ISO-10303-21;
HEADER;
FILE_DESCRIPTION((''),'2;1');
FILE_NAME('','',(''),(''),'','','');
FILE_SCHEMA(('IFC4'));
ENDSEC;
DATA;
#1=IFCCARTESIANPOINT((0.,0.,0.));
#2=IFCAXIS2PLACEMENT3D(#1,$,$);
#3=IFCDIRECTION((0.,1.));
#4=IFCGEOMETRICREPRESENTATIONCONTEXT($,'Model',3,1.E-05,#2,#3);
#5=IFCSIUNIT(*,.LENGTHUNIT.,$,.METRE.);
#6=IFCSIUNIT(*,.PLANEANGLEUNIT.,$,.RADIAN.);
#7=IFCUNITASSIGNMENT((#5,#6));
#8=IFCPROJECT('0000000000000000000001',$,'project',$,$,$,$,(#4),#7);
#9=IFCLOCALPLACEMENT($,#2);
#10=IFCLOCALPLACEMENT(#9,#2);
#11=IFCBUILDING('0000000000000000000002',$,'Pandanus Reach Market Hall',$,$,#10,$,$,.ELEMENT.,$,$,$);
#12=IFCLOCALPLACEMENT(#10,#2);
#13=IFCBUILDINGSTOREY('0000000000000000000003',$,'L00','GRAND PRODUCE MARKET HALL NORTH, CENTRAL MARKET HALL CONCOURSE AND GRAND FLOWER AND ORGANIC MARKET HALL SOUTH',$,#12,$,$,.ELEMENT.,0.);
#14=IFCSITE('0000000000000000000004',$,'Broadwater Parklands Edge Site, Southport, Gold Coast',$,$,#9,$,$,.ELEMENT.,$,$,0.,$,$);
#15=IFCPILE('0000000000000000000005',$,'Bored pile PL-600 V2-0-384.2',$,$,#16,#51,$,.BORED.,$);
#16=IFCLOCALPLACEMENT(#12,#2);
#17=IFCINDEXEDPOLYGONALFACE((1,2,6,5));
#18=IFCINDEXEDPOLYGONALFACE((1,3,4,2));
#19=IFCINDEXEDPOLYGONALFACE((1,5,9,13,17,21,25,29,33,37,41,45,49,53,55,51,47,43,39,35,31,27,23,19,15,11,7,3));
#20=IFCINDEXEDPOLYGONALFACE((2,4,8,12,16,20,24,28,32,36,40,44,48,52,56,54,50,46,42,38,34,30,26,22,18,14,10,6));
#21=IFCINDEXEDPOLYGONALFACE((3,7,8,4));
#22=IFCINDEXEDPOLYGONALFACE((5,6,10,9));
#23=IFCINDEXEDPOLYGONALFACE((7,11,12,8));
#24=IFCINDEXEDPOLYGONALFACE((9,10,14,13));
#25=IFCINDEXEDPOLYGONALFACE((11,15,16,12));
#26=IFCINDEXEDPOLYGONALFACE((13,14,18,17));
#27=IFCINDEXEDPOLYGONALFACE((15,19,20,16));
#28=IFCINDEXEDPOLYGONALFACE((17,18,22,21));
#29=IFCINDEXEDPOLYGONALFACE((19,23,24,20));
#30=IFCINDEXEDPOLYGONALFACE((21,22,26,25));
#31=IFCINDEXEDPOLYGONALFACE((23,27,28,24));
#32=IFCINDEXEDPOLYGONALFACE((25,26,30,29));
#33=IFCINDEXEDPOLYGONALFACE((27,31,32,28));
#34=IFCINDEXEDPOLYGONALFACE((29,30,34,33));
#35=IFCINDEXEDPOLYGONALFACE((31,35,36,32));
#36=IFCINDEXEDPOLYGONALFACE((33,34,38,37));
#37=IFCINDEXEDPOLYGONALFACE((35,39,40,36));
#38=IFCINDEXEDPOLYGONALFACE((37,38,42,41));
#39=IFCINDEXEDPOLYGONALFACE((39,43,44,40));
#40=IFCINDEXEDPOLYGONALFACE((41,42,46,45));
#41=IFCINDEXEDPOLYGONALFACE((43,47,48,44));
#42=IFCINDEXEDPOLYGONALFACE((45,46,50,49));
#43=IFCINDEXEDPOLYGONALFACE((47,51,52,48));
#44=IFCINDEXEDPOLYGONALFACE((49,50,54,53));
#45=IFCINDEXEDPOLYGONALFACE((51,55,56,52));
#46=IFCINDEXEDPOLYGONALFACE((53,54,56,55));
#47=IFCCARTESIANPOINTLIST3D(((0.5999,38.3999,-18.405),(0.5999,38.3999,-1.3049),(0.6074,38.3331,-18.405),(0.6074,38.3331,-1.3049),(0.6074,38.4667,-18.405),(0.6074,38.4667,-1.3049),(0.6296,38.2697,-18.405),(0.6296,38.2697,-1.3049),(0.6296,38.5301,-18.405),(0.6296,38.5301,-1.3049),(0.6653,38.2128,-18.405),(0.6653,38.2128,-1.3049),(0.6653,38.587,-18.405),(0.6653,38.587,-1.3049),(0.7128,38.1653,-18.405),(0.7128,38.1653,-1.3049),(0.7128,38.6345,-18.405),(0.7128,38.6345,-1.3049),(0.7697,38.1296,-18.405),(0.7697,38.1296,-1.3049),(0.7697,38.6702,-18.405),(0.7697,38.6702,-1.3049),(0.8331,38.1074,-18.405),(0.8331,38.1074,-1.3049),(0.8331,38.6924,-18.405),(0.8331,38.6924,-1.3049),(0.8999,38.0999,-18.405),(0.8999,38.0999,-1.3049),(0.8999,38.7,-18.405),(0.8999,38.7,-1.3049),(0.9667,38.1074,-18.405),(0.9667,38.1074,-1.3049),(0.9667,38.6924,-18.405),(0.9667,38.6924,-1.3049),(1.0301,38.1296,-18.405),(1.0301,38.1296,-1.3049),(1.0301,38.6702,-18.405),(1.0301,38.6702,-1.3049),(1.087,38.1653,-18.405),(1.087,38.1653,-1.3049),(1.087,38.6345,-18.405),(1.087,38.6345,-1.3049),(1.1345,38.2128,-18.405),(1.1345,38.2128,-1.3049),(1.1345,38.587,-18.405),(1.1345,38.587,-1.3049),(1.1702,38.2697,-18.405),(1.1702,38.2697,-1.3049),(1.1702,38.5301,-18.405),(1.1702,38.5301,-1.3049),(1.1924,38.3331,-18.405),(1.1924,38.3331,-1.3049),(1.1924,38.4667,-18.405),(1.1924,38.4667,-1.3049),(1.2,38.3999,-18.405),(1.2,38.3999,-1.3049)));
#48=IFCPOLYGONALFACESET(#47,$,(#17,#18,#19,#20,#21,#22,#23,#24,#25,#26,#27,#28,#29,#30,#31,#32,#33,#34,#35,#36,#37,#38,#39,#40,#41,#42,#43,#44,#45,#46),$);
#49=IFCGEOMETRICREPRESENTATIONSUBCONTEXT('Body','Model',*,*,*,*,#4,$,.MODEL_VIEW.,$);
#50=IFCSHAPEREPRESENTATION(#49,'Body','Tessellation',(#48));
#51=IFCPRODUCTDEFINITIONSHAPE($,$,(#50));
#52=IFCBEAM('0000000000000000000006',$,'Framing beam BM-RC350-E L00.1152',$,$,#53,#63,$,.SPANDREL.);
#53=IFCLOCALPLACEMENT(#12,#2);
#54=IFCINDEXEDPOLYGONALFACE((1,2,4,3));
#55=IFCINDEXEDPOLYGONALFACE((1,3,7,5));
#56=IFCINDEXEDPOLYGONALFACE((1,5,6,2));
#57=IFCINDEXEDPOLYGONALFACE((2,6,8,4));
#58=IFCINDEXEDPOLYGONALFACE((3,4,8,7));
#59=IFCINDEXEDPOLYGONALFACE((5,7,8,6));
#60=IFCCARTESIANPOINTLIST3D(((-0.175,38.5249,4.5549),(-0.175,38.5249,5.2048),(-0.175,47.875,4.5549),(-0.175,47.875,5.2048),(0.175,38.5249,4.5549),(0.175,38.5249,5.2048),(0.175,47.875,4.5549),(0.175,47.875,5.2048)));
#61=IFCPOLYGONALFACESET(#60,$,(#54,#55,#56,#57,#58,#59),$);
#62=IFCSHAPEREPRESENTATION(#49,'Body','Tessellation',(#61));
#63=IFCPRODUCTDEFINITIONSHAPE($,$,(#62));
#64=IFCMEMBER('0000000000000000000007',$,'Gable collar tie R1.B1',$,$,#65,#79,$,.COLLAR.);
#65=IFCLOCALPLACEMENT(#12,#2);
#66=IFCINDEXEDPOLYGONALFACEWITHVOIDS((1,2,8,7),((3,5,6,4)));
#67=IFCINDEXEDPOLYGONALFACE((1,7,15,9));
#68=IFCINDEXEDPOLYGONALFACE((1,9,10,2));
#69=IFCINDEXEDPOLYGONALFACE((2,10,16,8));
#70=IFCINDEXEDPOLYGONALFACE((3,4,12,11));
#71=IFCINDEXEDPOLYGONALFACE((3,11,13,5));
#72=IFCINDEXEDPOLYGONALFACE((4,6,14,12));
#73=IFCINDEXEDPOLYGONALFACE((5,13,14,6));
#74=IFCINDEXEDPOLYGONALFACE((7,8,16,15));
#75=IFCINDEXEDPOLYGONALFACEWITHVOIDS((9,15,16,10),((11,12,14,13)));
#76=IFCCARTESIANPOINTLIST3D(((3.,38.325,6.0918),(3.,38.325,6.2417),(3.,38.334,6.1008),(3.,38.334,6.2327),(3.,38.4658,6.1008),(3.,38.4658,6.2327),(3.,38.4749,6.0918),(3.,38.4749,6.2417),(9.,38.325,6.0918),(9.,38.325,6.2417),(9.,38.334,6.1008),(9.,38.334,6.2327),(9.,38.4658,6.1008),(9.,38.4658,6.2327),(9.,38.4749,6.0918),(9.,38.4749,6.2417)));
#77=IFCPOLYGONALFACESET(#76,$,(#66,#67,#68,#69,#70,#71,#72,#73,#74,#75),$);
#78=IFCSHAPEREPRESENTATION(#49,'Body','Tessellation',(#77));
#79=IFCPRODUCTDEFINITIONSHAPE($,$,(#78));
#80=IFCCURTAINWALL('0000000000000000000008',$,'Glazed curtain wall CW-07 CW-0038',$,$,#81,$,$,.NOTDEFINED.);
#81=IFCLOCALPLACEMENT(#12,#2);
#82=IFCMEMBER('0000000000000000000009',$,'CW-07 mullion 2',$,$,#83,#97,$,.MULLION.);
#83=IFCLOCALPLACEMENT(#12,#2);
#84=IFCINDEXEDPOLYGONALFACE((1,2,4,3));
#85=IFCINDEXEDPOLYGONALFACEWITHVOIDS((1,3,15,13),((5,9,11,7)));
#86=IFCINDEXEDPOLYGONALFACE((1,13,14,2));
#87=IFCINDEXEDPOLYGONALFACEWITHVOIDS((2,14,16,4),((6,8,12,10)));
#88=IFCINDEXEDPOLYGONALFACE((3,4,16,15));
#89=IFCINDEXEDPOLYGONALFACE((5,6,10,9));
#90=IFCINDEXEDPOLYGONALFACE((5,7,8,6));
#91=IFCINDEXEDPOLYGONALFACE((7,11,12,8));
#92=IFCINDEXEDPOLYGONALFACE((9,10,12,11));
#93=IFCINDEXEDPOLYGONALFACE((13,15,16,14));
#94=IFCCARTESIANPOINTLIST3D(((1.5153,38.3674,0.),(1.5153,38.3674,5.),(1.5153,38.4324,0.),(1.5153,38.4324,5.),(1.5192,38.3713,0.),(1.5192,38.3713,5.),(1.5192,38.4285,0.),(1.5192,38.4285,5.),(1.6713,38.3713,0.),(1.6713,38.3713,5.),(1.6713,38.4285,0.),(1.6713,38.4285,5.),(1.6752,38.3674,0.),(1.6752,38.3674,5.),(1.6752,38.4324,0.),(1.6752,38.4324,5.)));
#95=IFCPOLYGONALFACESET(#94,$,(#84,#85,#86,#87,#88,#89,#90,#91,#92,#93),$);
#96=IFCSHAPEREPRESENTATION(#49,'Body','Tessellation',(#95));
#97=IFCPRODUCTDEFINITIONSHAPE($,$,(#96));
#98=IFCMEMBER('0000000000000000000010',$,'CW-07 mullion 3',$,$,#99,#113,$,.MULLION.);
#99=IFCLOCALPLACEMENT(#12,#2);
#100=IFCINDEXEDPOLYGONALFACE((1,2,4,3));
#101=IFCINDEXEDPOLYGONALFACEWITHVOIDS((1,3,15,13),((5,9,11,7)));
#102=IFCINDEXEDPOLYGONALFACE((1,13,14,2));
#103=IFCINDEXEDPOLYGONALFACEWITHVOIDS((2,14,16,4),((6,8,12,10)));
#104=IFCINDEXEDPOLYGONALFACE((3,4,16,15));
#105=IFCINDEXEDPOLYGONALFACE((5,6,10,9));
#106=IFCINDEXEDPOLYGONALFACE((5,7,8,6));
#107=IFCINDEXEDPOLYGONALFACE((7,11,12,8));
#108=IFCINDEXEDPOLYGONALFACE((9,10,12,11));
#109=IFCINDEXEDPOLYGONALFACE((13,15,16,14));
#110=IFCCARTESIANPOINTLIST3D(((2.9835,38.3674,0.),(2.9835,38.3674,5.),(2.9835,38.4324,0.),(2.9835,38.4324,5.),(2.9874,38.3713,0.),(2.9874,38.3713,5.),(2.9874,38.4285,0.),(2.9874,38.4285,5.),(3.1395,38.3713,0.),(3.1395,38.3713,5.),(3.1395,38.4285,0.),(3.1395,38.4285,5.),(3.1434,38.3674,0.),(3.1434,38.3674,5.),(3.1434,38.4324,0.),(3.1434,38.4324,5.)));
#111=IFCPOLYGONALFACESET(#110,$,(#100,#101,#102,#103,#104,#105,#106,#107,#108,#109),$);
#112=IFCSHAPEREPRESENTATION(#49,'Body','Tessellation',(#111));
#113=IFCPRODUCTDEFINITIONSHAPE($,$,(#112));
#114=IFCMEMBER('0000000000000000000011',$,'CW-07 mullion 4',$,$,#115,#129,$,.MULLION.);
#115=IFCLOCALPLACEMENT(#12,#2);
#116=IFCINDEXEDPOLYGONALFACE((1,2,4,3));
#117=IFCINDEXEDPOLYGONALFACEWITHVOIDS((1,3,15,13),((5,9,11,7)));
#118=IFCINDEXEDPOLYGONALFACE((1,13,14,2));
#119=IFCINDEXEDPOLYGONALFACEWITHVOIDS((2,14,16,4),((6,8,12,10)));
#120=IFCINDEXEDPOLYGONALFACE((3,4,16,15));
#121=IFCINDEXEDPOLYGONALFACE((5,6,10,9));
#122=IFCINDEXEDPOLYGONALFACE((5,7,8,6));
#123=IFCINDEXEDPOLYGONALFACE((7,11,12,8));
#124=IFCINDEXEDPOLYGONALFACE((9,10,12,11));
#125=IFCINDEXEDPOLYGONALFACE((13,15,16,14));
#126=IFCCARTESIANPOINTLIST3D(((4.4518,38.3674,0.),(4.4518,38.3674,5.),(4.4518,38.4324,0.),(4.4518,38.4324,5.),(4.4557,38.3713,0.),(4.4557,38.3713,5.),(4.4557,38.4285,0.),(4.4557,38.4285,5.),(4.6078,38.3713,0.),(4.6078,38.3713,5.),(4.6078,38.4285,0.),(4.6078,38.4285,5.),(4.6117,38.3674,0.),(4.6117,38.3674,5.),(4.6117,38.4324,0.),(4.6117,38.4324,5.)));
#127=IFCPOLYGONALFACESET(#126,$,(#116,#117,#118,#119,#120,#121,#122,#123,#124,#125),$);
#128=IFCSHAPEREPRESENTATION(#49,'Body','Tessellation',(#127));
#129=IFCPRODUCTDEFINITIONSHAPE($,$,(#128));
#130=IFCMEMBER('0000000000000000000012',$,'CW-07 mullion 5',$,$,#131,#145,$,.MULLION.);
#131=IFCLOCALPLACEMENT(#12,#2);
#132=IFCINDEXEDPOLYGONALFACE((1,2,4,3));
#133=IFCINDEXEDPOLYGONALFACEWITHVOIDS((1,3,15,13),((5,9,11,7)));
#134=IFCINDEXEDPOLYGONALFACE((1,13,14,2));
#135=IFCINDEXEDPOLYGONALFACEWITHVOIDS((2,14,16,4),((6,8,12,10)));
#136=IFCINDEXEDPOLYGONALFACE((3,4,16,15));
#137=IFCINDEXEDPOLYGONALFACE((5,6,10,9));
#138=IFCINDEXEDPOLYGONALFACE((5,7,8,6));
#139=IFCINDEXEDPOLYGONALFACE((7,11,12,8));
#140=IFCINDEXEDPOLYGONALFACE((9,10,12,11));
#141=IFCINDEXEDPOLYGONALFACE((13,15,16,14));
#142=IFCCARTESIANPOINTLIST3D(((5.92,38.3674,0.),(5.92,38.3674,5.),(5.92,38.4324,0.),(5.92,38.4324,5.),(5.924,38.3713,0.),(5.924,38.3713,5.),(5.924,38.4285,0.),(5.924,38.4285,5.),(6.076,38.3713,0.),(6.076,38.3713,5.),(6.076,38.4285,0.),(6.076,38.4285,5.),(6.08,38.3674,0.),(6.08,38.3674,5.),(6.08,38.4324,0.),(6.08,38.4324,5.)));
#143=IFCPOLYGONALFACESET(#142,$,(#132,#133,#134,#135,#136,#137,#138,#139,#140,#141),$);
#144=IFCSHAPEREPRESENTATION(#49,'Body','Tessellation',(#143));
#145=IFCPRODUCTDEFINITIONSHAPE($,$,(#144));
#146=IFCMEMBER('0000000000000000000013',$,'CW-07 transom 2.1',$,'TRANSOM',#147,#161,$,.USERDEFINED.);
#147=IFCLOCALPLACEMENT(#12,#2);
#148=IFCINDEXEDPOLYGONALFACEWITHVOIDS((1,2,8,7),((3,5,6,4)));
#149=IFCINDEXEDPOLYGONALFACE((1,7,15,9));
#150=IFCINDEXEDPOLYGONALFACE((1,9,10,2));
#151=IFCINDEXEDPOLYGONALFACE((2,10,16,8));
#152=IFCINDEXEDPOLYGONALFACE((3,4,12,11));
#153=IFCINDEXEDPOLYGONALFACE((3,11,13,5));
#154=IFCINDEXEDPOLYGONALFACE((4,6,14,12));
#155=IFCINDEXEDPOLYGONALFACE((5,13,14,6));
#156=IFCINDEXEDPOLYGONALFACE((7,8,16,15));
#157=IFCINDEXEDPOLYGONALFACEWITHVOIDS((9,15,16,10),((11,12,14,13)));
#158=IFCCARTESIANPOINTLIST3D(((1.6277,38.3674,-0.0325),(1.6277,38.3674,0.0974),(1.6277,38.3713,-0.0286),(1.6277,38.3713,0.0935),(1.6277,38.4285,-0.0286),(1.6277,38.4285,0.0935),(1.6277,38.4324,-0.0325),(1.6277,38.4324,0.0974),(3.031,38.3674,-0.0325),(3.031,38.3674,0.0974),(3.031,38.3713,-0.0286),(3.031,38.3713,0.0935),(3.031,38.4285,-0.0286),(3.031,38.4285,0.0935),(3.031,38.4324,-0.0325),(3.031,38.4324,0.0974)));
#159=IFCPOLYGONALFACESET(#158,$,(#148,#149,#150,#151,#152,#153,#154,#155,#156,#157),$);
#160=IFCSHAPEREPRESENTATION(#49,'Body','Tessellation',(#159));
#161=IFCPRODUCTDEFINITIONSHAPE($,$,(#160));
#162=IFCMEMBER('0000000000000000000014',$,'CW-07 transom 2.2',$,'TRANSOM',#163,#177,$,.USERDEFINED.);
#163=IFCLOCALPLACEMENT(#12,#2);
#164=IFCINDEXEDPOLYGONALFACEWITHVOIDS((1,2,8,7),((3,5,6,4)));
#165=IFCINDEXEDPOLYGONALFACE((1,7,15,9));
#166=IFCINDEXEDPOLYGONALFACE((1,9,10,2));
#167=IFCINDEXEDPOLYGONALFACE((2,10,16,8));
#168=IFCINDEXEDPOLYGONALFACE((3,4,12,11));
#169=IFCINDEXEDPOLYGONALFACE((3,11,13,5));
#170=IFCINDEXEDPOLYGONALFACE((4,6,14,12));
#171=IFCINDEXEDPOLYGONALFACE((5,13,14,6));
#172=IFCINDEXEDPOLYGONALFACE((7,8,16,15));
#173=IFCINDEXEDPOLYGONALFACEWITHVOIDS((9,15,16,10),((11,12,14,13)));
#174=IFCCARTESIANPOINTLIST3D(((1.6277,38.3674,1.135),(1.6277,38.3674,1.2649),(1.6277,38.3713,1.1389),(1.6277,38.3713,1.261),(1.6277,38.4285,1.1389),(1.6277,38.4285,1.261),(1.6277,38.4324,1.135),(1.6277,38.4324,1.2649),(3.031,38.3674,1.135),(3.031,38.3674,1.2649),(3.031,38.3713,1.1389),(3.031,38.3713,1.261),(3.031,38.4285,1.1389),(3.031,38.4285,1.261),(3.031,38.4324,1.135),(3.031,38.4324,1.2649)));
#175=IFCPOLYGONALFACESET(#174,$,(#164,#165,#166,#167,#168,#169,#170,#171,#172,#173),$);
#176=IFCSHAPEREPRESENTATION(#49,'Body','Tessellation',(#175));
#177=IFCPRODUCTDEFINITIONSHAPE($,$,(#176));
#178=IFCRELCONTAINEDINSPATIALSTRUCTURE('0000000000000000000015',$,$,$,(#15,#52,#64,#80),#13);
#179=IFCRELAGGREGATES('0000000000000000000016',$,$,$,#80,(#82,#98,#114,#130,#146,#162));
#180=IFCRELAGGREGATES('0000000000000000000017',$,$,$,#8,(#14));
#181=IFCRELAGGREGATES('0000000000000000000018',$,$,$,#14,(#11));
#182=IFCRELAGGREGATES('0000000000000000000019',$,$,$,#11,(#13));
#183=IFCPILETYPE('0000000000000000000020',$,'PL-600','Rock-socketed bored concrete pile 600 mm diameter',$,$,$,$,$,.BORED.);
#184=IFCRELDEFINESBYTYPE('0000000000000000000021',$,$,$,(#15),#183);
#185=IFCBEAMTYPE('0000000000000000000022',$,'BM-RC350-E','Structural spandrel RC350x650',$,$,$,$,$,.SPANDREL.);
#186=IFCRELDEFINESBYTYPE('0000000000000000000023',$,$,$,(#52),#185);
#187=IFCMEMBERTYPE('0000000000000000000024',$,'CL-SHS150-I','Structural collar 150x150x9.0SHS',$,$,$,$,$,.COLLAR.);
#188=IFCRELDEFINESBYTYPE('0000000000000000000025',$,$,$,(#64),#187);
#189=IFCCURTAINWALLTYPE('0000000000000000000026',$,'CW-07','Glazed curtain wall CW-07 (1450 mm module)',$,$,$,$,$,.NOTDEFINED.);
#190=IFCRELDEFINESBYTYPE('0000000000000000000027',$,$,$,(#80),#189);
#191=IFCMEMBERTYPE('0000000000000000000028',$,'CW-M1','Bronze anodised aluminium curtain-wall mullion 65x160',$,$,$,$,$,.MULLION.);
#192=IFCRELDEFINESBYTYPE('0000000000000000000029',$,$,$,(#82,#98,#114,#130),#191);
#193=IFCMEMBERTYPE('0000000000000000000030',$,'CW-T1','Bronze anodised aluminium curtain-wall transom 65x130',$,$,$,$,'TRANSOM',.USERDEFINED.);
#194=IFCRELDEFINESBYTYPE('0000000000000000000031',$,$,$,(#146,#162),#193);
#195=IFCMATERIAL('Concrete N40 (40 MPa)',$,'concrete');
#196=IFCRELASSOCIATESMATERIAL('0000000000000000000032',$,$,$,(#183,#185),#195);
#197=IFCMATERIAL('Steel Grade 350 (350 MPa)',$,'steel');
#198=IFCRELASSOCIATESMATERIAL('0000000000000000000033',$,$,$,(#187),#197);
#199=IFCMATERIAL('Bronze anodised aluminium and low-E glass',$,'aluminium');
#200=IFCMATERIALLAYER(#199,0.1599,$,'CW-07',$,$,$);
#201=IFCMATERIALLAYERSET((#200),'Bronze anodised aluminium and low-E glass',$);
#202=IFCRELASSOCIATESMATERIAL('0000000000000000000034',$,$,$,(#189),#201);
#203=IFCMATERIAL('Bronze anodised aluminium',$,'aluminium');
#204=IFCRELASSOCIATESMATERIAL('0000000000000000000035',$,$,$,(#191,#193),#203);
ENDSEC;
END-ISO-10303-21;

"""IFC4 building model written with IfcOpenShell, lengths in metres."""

from ifc_helpers import new_model, si_unit, direction, frame, origin, origin_2d, place, context, subcontext, project, spatial, rectangle, hollow_rectangle, circle, extrude, material, layer, layer_set, material_profile, profile_set, type_object, element, aggregate, save


model = new_model("IFC4")

# Units and contexts
model_context = context("Model", 3, precision=1e-05, world=origin(), true_north=direction((0.0, 1.0)))
body_context = subcontext(model_context, "Body", "Model", "MODEL_VIEW")
ifc_project = project(units=[si_unit("LENGTHUNIT", "METRE"), si_unit("PLANEANGLEUNIT", "RADIAN")], contexts=[model_context])

# Site, building, storey
site_placement = place(None, origin())
site = spatial("IfcSite", under=ifc_project, at=site_placement, Name="Broadwater Parklands Edge Site, Southport, Gold Coast", CompositionType="ELEMENT", RefElevation=0.0)
building_placement = place(site_placement, origin())
building = spatial("IfcBuilding", under=site, at=building_placement, Name="Pandanus Reach Market Hall", CompositionType="ELEMENT")
storey_placement = place(building_placement, origin())
storey = spatial("IfcBuildingStorey", under=building, at=storey_placement, Name="L00", Description="GRAND PRODUCE MARKET HALL NORTH, CENTRAL MARKET HALL CONCOURSE AND GRAND FLOWER AND ORGANIC MARKET HALL SOUTH", CompositionType="ELEMENT", Elevation=0.0)

# Pile
ifc_material_1 = material(Name="Concrete N40 (40 MPa)", Category="concrete")
ifc_material_profile_1 = material_profile(ifc_material_1, circle(Radius=0.3, at=origin_2d()), Name="PILE-600D", Category="LoadBearing")
ifc_profile_set_1 = profile_set([ifc_material_profile_1], Name="Concrete N40 (40 MPa)")
pile_type = type_object("IfcPileType", Name="PL-600", Description="Rock-socketed bored concrete pile 600 mm diameter", PredefinedType="BORED", material=ifc_profile_set_1)
pile_placement = place(storey_placement, frame((0.8999, 38.3999, -1.3049), z_axis=(0.0, 0.0, -1.0), x_axis=(1.0, 0.0, 0.0)))
element("IfcPile", 1, at=pile_placement, inside=storey, type_object=pile_type, Name="Bored pile PL-600 V2-0-384.2", PredefinedType="BORED", context=body_context, shape_type="SweptSolid", body=[
    extrude(circle(Radius=0.3, at=origin_2d()), origin(), (0.0, 0.0, 1.0), 17.1001),
])

# Beam
ifc_material_profile_2 = material_profile(ifc_material_1, rectangle(XDim=0.3501, YDim=0.6499, at=origin_2d()), Name="RC350x650", Category="LoadBearing")
ifc_profile_set_2 = profile_set([ifc_material_profile_2], Name="Concrete N40 (40 MPa)")
beam_type = type_object("IfcBeamType", Name="BM-RC350-E", Description="Structural spandrel RC350x650", PredefinedType="SPANDREL", material=ifc_profile_set_2)
beam_placement = place(storey_placement, frame((0.0, 38.5249, 4.8799), z_axis=(0.0, 1.0, 0.0), x_axis=(-1.0, 0.0, 0.0)))
element("IfcBeam", 2, at=beam_placement, inside=storey, type_object=beam_type, Name="Framing beam BM-RC350-E L00.1152", PredefinedType="SPANDREL", context=body_context, shape_type="SweptSolid", body=[
    extrude(rectangle(XDim=0.3501, YDim=0.6499, at=origin_2d()), origin(), (0.0, 0.0, 1.0), 9.3501),
])

# Member
ifc_material_2 = material(Name="Steel Grade 350 (350 MPa)", Category="steel")
ifc_material_profile_3 = material_profile(ifc_material_2, hollow_rectangle(XDim=0.1499, YDim=0.1499, WallThickness=0.009, at=origin_2d()), Name="150x150x9.0SHS", Category="LoadBearing")
ifc_profile_set_3 = profile_set([ifc_material_profile_3], Name="Steel Grade 350 (350 MPa)")
member_type_1 = type_object("IfcMemberType", Name="CL-SHS150-I", Description="Structural collar 150x150x9.0SHS", PredefinedType="COLLAR", material=ifc_profile_set_3)
member_1_placement = place(storey_placement, frame((3.0, 38.3999, 6.1667), z_axis=(1.0, 0.0, 0.0), x_axis=(0.0, 1.0, 0.0)))
element("IfcMember", 3, at=member_1_placement, inside=storey, type_object=member_type_1, Name="Gable collar tie R1.B1", PredefinedType="COLLAR", context=body_context, shape_type="SweptSolid", body=[
    extrude(hollow_rectangle(XDim=0.1499, YDim=0.1499, WallThickness=0.009, at=origin_2d()), origin(), (0.0, 0.0, 1.0), 6.0),
])

# Curtain wall, members
ifc_material_3 = material(Name="Bronze anodised aluminium and low-E glass", Category="aluminium")
ifc_layer_1 = layer(ifc_material_3, 0.1599, Name="CW-07")
ifc_layer_set_1 = layer_set([ifc_layer_1], Name="Bronze anodised aluminium and low-E glass")
curtain_wall_type = type_object("IfcCurtainWallType", Name="CW-07", Description="Glazed curtain wall CW-07 (1450 mm module)", PredefinedType="NOTDEFINED", material=ifc_layer_set_1)
curtain_wall_placement = place(storey_placement, origin())
curtain_wall = element("IfcCurtainWall", 4, at=curtain_wall_placement, inside=storey, type_object=curtain_wall_type, Name="Glazed curtain wall CW-07 CW-0038", PredefinedType="NOTDEFINED")
ifc_material_4 = material(Name="Bronze anodised aluminium", Category="aluminium")
ifc_material_profile_4 = material_profile(ifc_material_4, hollow_rectangle(XDim=0.0649, YDim=0.1599, WallThickness=0.0039, at=origin_2d()), Name="ALU65x160", Category="LoadBearing")
ifc_profile_set_4 = profile_set([ifc_material_profile_4], Name="Bronze anodised aluminium")
member_type_2 = type_object("IfcMemberType", Name="CW-M1", Description="Bronze anodised aluminium curtain-wall mullion 65x160", PredefinedType="MULLION", material=ifc_profile_set_4)
member_2_placement = place(storey_placement, frame((1.5952, 38.3999, 0.0), z_axis=(0.0, 0.0, 1.0), x_axis=(0.0, 1.0, 0.0)))
member_2 = element("IfcMember", 5, at=member_2_placement, type_object=member_type_2, Name="CW-07 mullion 2", PredefinedType="MULLION", context=body_context, shape_type="SweptSolid", body=[
    extrude(hollow_rectangle(XDim=0.0649, YDim=0.1599, WallThickness=0.0039, at=origin_2d()), origin(), (0.0, 0.0, 1.0), 5.0),
])
member_3_placement = place(storey_placement, frame((3.0635, 38.3999, 0.0), z_axis=(0.0, 0.0, 1.0), x_axis=(0.0, 1.0, 0.0)))
member_3 = element("IfcMember", 6, at=member_3_placement, type_object=member_type_2, Name="CW-07 mullion 3", PredefinedType="MULLION", context=body_context, shape_type="SweptSolid", body=[
    extrude(hollow_rectangle(XDim=0.0649, YDim=0.1599, WallThickness=0.0039, at=origin_2d()), origin(), (0.0, 0.0, 1.0), 5.0),
])
member_4_placement = place(storey_placement, frame((4.5317, 38.3999, 0.0), z_axis=(0.0, 0.0, 1.0), x_axis=(0.0, 1.0, 0.0)))
member_4 = element("IfcMember", 7, at=member_4_placement, type_object=member_type_2, Name="CW-07 mullion 4", PredefinedType="MULLION", context=body_context, shape_type="SweptSolid", body=[
    extrude(hollow_rectangle(XDim=0.0649, YDim=0.1599, WallThickness=0.0039, at=origin_2d()), origin(), (0.0, 0.0, 1.0), 5.0),
])
member_5_placement = place(storey_placement, frame((6.0, 38.3999, 0.0), z_axis=(0.0, 0.0, 1.0), x_axis=(0.0, 1.0, 0.0)))
member_5 = element("IfcMember", 8, at=member_5_placement, type_object=member_type_2, Name="CW-07 mullion 5", PredefinedType="MULLION", context=body_context, shape_type="SweptSolid", body=[
    extrude(hollow_rectangle(XDim=0.0649, YDim=0.1599, WallThickness=0.0039, at=origin_2d()), origin(), (0.0, 0.0, 1.0), 5.0),
])
ifc_material_profile_5 = material_profile(ifc_material_4, hollow_rectangle(XDim=0.0649, YDim=0.1299, WallThickness=0.0039, at=origin_2d()), Name="ALU65x130", Category="LoadBearing")
ifc_profile_set_5 = profile_set([ifc_material_profile_5], Name="Bronze anodised aluminium")
member_type_3 = type_object("IfcMemberType", Name="CW-T1", Description="Bronze anodised aluminium curtain-wall transom 65x130", ElementType="TRANSOM", PredefinedType="USERDEFINED", material=ifc_profile_set_5)
member_6_placement = place(storey_placement, frame((1.6277, 38.3999, 0.0325), z_axis=(1.0, 0.0, 0.0), x_axis=(0.0, 1.0, 0.0)))
member_6 = element("IfcMember", 9, at=member_6_placement, type_object=member_type_3, Name="CW-07 transom 2.1", ObjectType="TRANSOM", PredefinedType="USERDEFINED", context=body_context, shape_type="SweptSolid", body=[
    extrude(hollow_rectangle(XDim=0.0649, YDim=0.1299, WallThickness=0.0039, at=origin_2d()), origin(), (0.0, 0.0, 1.0), 1.4033),
])
member_7_placement = place(storey_placement, frame((1.6277, 38.3999, 1.2), z_axis=(1.0, 0.0, 0.0), x_axis=(0.0, 1.0, 0.0)))
member_7 = element("IfcMember", 10, at=member_7_placement, type_object=member_type_3, Name="CW-07 transom 2.2", ObjectType="TRANSOM", PredefinedType="USERDEFINED", context=body_context, shape_type="SweptSolid", body=[
    extrude(hollow_rectangle(XDim=0.0649, YDim=0.1299, WallThickness=0.0039, at=origin_2d()), origin(), (0.0, 0.0, 1.0), 1.4033),
])

aggregate(curtain_wall, [member_2, member_3, member_4, member_5, member_6, member_7])

save(model, "model.ifc")
